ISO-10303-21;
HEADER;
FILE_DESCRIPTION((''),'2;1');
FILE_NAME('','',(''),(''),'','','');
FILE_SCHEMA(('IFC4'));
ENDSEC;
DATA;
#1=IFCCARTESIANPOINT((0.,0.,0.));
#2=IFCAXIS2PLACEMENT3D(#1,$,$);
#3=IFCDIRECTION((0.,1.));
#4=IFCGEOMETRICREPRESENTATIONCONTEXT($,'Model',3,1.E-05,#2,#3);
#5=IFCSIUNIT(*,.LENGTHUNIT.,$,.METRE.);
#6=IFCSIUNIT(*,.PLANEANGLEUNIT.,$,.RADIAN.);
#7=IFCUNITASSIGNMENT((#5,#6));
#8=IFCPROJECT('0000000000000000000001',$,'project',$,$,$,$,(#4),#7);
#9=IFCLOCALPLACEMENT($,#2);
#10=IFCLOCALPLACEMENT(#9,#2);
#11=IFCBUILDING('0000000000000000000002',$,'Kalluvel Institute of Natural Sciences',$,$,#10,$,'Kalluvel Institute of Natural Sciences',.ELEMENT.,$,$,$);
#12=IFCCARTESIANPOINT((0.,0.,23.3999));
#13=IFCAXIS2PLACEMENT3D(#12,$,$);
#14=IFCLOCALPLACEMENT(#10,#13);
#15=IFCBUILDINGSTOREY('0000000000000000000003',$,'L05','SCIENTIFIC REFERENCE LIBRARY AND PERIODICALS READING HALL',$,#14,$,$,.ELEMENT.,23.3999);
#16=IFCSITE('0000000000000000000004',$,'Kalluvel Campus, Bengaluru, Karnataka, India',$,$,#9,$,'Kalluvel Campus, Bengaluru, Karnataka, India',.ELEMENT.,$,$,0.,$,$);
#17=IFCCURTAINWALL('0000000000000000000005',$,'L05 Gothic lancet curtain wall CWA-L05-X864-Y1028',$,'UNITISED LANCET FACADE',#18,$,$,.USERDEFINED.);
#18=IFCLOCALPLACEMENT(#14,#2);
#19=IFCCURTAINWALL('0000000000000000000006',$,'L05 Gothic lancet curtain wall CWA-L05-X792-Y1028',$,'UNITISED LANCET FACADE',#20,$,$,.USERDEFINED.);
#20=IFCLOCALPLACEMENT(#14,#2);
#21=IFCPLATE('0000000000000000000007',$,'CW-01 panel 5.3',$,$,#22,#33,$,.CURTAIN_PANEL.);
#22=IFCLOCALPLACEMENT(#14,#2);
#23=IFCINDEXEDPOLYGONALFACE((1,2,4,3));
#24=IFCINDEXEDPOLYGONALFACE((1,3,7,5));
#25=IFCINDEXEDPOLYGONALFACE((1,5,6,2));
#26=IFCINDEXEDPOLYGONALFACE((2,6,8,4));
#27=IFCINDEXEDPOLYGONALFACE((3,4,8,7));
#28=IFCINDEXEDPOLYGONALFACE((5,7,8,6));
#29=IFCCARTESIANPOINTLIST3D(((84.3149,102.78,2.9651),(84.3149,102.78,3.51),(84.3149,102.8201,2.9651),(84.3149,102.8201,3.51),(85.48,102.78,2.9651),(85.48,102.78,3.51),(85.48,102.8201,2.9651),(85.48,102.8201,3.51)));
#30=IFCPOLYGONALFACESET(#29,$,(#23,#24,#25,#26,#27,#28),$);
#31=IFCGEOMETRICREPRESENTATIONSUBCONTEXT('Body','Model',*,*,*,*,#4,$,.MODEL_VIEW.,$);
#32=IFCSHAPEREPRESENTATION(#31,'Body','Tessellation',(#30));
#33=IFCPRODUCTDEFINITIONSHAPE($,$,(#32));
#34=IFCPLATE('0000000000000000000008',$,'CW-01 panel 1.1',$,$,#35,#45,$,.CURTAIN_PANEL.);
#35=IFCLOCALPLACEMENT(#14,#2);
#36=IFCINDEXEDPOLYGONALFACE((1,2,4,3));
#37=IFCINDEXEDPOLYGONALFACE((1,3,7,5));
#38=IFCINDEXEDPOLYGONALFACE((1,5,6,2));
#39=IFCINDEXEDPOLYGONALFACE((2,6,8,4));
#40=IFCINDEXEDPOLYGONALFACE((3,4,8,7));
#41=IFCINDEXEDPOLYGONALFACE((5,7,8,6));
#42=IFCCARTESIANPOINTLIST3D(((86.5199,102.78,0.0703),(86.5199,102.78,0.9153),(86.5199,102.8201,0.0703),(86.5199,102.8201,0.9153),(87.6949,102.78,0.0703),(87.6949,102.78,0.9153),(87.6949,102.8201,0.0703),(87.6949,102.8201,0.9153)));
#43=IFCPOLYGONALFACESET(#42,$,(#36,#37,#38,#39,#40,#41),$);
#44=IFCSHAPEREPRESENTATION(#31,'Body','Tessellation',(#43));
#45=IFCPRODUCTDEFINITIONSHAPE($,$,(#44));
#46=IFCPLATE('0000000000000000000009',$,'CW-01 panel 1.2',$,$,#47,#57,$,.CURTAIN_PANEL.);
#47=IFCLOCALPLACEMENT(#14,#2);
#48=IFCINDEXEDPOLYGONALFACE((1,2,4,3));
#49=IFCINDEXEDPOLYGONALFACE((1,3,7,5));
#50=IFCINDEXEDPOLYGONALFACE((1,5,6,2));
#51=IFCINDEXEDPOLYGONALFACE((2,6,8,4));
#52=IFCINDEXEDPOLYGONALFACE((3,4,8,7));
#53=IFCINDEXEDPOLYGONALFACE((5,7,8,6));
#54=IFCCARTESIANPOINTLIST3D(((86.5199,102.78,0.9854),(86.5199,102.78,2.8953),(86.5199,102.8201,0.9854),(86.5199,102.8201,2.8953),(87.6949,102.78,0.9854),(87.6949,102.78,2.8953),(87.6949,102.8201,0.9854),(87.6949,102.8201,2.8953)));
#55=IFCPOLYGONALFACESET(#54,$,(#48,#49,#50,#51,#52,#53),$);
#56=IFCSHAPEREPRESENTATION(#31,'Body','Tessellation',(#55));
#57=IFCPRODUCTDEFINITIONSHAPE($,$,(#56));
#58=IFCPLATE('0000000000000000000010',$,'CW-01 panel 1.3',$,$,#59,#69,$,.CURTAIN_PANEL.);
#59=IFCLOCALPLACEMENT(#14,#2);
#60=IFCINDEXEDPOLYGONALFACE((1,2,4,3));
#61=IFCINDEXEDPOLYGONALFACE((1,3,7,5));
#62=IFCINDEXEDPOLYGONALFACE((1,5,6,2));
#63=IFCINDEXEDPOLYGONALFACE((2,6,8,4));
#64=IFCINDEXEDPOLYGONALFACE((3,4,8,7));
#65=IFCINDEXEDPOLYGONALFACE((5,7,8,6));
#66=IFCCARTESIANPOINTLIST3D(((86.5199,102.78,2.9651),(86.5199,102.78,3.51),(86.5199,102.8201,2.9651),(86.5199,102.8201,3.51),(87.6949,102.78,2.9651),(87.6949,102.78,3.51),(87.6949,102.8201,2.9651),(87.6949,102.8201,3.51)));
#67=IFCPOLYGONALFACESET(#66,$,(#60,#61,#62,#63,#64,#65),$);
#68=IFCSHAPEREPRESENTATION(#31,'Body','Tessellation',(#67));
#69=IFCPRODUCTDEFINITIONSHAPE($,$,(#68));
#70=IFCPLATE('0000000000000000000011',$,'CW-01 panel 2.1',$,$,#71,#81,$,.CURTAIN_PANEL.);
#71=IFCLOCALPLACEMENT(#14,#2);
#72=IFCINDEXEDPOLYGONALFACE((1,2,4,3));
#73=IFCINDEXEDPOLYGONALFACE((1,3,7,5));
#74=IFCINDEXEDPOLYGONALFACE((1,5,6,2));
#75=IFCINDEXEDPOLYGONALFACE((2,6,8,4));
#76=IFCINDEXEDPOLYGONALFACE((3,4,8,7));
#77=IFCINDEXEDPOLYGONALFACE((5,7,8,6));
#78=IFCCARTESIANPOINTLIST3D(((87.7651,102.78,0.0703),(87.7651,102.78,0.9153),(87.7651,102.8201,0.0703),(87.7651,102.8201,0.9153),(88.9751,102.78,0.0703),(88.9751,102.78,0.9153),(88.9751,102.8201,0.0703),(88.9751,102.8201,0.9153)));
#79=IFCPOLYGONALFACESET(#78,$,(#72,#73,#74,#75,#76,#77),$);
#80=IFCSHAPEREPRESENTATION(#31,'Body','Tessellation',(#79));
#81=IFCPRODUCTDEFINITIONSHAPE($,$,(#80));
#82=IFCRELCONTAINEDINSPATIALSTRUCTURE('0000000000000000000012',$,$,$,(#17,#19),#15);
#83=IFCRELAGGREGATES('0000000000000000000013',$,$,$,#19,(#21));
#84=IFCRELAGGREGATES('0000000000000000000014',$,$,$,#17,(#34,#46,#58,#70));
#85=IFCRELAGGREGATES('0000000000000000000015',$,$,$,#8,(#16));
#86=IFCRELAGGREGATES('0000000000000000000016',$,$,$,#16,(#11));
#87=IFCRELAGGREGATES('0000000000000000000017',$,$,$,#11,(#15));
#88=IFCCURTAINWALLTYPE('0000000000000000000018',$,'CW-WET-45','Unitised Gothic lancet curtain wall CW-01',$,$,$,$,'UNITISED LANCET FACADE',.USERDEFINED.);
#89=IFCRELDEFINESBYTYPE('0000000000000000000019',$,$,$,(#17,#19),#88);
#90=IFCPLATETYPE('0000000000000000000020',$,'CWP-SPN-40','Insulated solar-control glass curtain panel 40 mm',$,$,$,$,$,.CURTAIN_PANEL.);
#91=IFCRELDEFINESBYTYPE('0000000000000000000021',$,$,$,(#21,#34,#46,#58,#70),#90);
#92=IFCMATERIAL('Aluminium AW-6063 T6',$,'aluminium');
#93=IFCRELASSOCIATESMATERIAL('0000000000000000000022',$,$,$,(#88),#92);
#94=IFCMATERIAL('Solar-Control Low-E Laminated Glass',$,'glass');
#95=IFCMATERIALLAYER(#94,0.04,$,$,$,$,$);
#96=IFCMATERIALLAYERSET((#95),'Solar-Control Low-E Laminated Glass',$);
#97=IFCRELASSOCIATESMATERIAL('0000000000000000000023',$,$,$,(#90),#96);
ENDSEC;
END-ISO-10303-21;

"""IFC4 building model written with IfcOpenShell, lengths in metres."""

from ifc_helpers import new_model, si_unit, direction, frame, origin, origin_2d, place, context, subcontext, project, spatial, rectangle, extrude, material, layer, layer_set, type_object, element, aggregate, save


model = new_model("IFC4")

# Units and contexts
model_context = context("Model", 3, precision=1e-05, world=origin(), true_north=direction((0.0, 1.0)))
body_context = subcontext(model_context, "Body", "Model", "MODEL_VIEW")
ifc_project = project(units=[si_unit("LENGTHUNIT", "METRE"), si_unit("PLANEANGLEUNIT", "RADIAN")], contexts=[model_context])

# Site, building, storey
site_placement = place(None, origin())
site = spatial("IfcSite", under=ifc_project, at=site_placement, Name="Kalluvel Campus, Bengaluru, Karnataka, India", LongName="Kalluvel Campus, Bengaluru, Karnataka, India", CompositionType="ELEMENT", RefElevation=0.0)
building_placement = place(site_placement, origin())
building = spatial("IfcBuilding", under=site, at=building_placement, Name="Kalluvel Institute of Natural Sciences", LongName="Kalluvel Institute of Natural Sciences", CompositionType="ELEMENT")
storey_placement = place(building_placement, frame((0.0, 0.0, 23.3999)))
storey = spatial("IfcBuildingStorey", under=building, at=storey_placement, Name="L05", Description="SCIENTIFIC REFERENCE LIBRARY AND PERIODICALS READING HALL", CompositionType="ELEMENT", Elevation=23.3999)

# Curtain walls
ifc_material_1 = material(Name="Aluminium AW-6063 T6", Category="aluminium")
curtain_wall_type = type_object("IfcCurtainWallType", Name="CW-WET-45", Description="Unitised Gothic lancet curtain wall CW-01", ElementType="UNITISED LANCET FACADE", PredefinedType="USERDEFINED", material=ifc_material_1)
curtain_wall_1_placement = place(storey_placement, origin())
curtain_wall_1 = element("IfcCurtainWall", 1, at=curtain_wall_1_placement, inside=storey, type_object=curtain_wall_type, Name="L05 Gothic lancet curtain wall CWA-L05-X864-Y1028", ObjectType="UNITISED LANCET FACADE", PredefinedType="USERDEFINED")
curtain_wall_2_placement = place(storey_placement, origin())
curtain_wall_2 = element("IfcCurtainWall", 2, at=curtain_wall_2_placement, inside=storey, type_object=curtain_wall_type, Name="L05 Gothic lancet curtain wall CWA-L05-X792-Y1028", ObjectType="UNITISED LANCET FACADE", PredefinedType="USERDEFINED")

# Plates
ifc_material_2 = material(Name="Solar-Control Low-E Laminated Glass", Category="glass")
ifc_layer = layer(ifc_material_2, 0.04)
ifc_layer_set = layer_set([ifc_layer], Name="Solar-Control Low-E Laminated Glass")
plate_type = type_object("IfcPlateType", Name="CWP-SPN-40", Description="Insulated solar-control glass curtain panel 40 mm", PredefinedType="CURTAIN_PANEL", material=ifc_layer_set)
plate_1_placement = place(storey_placement, frame((84.8975, 102.8, 2.9651), z_axis=(0.0, 0.0, 1.0), x_axis=(1.0, 0.0, 0.0)))
plate_1 = element("IfcPlate", 3, at=plate_1_placement, type_object=plate_type, Name="CW-01 panel 5.3", PredefinedType="CURTAIN_PANEL", context=body_context, shape_type="SweptSolid", body=[
    extrude(rectangle(XDim=1.165, YDim=0.04, at=origin_2d()), origin(), (0.0, 0.0, 1.0), 0.5449),
])
aggregate(curtain_wall_2, [plate_1])
plate_2_placement = place(storey_placement, frame((87.1074, 102.8, 0.0703), z_axis=(0.0, 0.0, 1.0), x_axis=(1.0, 0.0, 0.0)))
plate_2 = element("IfcPlate", 4, at=plate_2_placement, type_object=plate_type, Name="CW-01 panel 1.1", PredefinedType="CURTAIN_PANEL", context=body_context, shape_type="SweptSolid", body=[
    extrude(rectangle(XDim=1.175, YDim=0.04, at=origin_2d()), origin(), (0.0, 0.0, 1.0), 0.845),
])
plate_3_placement = place(storey_placement, frame((87.1074, 102.8, 0.9854), z_axis=(0.0, 0.0, 1.0), x_axis=(1.0, 0.0, 0.0)))
plate_3 = element("IfcPlate", 5, at=plate_3_placement, type_object=plate_type, Name="CW-01 panel 1.2", PredefinedType="CURTAIN_PANEL", context=body_context, shape_type="SweptSolid", body=[
    extrude(rectangle(XDim=1.175, YDim=0.04, at=origin_2d()), origin(), (0.0, 0.0, 1.0), 1.9099),
])
plate_4_placement = place(storey_placement, frame((87.1074, 102.8, 2.9651), z_axis=(0.0, 0.0, 1.0), x_axis=(1.0, 0.0, 0.0)))
plate_4 = element("IfcPlate", 6, at=plate_4_placement, type_object=plate_type, Name="CW-01 panel 1.3", PredefinedType="CURTAIN_PANEL", context=body_context, shape_type="SweptSolid", body=[
    extrude(rectangle(XDim=1.175, YDim=0.04, at=origin_2d()), origin(), (0.0, 0.0, 1.0), 0.5449),
])
plate_5_placement = place(storey_placement, frame((88.3701, 102.8, 0.0703), z_axis=(0.0, 0.0, 1.0), x_axis=(1.0, 0.0, 0.0)))
plate_5 = element("IfcPlate", 7, at=plate_5_placement, type_object=plate_type, Name="CW-01 panel 2.1", PredefinedType="CURTAIN_PANEL", context=body_context, shape_type="SweptSolid", body=[
    extrude(rectangle(XDim=1.21, YDim=0.04, at=origin_2d()), origin(), (0.0, 0.0, 1.0), 0.845),
])
aggregate(curtain_wall_1, [plate_2, plate_3, plate_4, plate_5])

save(model, "model.ifc")
